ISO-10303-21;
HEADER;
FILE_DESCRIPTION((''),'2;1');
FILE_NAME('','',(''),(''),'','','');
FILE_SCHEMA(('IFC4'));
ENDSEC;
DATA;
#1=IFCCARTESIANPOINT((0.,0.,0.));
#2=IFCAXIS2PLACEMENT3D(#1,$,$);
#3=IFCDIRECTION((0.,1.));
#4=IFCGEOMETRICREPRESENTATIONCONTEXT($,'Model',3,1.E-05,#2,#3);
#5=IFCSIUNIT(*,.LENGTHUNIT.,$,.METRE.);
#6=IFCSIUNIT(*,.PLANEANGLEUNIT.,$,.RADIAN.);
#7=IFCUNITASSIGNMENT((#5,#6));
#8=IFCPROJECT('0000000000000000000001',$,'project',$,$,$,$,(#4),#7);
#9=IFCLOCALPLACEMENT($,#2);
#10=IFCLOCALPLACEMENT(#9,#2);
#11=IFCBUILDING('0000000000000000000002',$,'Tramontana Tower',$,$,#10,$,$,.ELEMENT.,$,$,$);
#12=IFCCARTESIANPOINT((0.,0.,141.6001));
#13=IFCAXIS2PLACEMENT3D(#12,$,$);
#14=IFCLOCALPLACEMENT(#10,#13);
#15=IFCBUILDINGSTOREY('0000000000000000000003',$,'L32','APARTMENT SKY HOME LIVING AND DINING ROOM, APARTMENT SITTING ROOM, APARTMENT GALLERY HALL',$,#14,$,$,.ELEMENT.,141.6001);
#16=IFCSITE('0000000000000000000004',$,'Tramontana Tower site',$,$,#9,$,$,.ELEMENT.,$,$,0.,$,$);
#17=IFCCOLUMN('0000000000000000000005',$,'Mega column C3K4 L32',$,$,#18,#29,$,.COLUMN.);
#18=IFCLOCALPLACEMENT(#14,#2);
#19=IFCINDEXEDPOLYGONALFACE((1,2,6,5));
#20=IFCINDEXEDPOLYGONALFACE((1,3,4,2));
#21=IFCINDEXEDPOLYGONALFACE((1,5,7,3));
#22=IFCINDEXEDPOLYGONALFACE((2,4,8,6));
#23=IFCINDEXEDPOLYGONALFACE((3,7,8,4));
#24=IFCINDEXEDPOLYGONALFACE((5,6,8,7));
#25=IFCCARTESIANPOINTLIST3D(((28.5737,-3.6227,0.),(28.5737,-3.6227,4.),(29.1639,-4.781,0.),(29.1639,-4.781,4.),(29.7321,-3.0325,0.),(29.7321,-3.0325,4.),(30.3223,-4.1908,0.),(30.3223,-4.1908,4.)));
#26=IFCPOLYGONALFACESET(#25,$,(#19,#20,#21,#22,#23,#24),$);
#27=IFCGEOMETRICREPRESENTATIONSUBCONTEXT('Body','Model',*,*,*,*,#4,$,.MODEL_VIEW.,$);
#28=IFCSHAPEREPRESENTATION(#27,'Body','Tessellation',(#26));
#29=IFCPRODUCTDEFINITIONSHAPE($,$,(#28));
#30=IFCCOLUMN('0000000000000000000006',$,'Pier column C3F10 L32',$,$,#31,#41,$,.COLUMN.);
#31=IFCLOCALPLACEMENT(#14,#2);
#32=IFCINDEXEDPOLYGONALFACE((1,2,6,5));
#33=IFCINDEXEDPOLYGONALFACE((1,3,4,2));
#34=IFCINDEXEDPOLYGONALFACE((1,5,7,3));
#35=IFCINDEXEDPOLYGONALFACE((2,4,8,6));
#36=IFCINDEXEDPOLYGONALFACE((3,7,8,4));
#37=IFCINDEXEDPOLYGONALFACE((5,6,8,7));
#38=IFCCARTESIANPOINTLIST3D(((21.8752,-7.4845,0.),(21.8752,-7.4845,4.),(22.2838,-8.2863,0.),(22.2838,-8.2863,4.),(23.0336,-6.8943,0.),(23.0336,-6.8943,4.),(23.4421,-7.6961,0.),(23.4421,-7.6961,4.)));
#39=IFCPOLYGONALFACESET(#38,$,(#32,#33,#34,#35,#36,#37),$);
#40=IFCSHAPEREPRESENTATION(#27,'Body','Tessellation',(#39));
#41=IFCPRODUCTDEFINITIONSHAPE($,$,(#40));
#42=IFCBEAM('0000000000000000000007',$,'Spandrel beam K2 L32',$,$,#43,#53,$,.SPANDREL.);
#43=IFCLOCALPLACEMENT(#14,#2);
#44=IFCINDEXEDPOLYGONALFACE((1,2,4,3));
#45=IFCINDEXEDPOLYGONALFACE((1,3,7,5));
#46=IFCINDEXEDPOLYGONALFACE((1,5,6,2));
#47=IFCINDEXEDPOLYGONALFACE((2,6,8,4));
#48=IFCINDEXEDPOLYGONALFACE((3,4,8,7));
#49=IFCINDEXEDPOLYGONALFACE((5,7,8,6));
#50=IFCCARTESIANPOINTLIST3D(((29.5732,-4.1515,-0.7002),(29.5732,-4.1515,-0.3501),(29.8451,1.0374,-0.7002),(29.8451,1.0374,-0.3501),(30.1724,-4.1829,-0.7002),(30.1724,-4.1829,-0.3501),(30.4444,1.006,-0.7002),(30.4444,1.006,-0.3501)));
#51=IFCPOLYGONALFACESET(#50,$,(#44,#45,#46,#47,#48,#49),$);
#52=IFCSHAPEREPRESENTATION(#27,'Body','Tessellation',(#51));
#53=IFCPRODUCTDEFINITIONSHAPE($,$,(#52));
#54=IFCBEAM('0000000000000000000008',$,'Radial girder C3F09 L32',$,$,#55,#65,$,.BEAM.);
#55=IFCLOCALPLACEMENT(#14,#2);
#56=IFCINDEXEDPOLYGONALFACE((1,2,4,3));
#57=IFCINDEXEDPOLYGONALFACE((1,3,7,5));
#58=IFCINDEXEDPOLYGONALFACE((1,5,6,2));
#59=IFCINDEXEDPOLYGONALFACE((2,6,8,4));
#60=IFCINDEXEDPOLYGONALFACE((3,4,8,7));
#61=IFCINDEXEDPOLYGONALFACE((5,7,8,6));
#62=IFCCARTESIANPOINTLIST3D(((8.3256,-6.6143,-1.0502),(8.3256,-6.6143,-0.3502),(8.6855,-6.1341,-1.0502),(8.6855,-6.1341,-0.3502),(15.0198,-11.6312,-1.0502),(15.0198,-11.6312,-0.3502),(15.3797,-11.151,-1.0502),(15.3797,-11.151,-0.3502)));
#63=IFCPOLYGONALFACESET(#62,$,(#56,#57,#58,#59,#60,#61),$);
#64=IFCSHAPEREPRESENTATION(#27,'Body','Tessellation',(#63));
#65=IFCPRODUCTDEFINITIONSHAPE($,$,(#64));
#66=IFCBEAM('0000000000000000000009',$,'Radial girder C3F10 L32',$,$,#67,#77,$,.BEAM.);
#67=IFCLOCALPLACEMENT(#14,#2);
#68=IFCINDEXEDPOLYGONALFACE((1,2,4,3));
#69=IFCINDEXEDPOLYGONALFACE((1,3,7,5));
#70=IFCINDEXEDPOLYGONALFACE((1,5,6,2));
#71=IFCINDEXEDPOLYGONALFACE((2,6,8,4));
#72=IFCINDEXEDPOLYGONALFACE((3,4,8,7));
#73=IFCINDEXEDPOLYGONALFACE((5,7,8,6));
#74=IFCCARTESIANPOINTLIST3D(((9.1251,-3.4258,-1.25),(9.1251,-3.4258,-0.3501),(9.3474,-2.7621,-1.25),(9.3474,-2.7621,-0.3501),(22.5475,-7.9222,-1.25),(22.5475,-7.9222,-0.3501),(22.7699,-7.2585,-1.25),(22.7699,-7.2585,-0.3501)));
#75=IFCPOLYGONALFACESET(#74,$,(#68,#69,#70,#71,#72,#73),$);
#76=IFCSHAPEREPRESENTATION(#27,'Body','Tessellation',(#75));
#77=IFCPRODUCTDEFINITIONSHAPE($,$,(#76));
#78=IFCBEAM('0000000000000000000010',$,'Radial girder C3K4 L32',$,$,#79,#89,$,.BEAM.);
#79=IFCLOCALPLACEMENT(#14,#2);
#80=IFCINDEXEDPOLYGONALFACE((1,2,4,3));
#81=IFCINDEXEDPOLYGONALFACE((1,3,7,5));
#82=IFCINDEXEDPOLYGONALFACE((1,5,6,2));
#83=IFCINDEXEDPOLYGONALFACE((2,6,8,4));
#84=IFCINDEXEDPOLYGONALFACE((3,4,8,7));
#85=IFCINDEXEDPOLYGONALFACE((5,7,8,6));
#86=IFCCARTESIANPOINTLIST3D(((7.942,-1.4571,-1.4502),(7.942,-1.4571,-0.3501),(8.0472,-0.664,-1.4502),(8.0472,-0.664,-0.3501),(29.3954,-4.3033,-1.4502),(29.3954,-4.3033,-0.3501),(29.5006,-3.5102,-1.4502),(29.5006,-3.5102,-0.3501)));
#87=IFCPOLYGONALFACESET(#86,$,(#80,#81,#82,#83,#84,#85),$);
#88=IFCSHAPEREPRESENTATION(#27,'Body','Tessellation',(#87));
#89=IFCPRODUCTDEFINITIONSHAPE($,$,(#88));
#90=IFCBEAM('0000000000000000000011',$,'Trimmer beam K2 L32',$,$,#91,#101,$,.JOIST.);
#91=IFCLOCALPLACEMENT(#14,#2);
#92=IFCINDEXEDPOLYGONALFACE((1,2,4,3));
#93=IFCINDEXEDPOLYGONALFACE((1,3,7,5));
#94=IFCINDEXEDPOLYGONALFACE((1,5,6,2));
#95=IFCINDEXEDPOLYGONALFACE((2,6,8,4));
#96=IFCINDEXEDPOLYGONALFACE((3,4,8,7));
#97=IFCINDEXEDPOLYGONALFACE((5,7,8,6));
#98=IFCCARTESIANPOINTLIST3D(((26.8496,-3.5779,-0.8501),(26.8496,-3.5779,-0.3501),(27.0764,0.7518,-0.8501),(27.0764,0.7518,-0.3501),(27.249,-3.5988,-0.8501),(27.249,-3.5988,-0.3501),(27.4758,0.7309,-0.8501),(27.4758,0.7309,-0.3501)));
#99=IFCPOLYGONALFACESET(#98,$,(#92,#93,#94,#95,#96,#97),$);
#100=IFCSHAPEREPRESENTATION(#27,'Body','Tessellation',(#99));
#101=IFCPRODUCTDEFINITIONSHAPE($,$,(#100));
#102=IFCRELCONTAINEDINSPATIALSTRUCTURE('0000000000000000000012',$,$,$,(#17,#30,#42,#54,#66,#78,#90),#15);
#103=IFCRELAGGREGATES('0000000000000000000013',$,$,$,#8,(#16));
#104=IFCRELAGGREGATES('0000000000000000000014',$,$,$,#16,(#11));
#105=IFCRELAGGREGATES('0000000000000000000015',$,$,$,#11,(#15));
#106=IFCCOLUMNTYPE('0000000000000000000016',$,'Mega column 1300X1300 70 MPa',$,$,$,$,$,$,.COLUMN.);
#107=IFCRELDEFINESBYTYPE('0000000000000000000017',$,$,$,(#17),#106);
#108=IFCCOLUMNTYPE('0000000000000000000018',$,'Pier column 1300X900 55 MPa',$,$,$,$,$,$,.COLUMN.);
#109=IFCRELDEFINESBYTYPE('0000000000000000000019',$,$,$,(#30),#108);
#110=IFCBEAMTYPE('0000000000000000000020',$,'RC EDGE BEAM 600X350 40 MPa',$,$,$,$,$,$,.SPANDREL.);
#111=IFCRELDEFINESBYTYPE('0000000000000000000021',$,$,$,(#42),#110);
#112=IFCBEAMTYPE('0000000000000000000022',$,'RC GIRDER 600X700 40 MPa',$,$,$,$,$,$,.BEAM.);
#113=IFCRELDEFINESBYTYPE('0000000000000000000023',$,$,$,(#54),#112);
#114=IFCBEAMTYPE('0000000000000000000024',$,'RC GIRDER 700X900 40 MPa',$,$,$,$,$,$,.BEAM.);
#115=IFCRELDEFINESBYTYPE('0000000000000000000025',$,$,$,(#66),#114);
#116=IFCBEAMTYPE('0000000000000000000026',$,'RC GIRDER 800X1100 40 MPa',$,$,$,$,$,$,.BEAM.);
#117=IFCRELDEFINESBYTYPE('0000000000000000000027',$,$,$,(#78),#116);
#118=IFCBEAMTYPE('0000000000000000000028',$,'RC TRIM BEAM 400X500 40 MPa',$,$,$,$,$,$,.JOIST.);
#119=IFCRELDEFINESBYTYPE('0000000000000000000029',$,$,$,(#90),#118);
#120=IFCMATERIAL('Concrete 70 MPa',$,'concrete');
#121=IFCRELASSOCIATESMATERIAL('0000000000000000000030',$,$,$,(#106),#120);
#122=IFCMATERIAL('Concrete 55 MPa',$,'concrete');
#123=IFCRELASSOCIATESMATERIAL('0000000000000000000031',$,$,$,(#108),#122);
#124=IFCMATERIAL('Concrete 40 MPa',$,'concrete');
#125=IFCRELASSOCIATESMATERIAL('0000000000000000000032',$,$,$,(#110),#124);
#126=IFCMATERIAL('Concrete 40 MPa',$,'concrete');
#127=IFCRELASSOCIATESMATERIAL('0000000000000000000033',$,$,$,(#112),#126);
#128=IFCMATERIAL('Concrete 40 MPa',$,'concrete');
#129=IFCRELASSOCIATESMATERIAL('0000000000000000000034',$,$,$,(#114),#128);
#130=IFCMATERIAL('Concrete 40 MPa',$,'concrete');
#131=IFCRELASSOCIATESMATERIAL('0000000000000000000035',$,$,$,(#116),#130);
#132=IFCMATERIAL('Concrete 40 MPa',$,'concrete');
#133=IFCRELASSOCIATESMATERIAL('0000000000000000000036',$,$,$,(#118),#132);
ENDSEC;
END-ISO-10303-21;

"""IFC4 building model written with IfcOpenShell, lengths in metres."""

from ifc_helpers import new_model, si_unit, direction, frame, origin, origin_2d, place, context, subcontext, project, spatial, rectangle, extrude, material, material_profile, profile_set, type_object, element, save


model = new_model("IFC4")

# Units and contexts
model_context = context("Model", 3, precision=1e-05, world=origin(), true_north=direction((0.0, 1.0)))
body_context = subcontext(model_context, "Body", "Model", "MODEL_VIEW")
ifc_project = project(units=[si_unit("LENGTHUNIT", "METRE"), si_unit("PLANEANGLEUNIT", "RADIAN")], contexts=[model_context])

# Site, building, storey
site_placement = place(None, origin())
site = spatial("IfcSite", under=ifc_project, at=site_placement, Name="Tramontana Tower site", CompositionType="ELEMENT", RefElevation=0.0)
building_placement = place(site_placement, origin())
building = spatial("IfcBuilding", under=site, at=building_placement, Name="Tramontana Tower", CompositionType="ELEMENT")
storey_placement = place(building_placement, frame((0.0, 0.0, 141.6001)))
storey = spatial("IfcBuildingStorey", under=building, at=storey_placement, Name="L32", Description="APARTMENT SKY HOME LIVING AND DINING ROOM, APARTMENT SITTING ROOM, APARTMENT GALLERY HALL", CompositionType="ELEMENT", Elevation=141.6001)

# Columns
ifc_material_1 = material(Name="Concrete 70 MPa", Category="concrete")
ifc_material_profile_1 = material_profile(ifc_material_1, rectangle(XDim=1.3, YDim=1.3, at=origin_2d()), Name="Mega column 1300X1300 70 MPa")
ifc_profile_set_1 = profile_set([ifc_material_profile_1], Name="Concrete 70 MPa")
column_type_1 = type_object("IfcColumnType", Name="Mega column 1300X1300 70 MPa", PredefinedType="COLUMN", material=ifc_profile_set_1)
column_1_placement = place(storey_placement, frame((29.448, -3.9067, 0.0), z_axis=(0.0, 0.0, 1.0), x_axis=(0.891007, 0.45399, 0.0)))
element("IfcColumn", 1, at=column_1_placement, inside=storey, type_object=column_type_1, Name="Mega column C3K4 L32", PredefinedType="COLUMN", context=body_context, shape_type="SweptSolid", body=[
    extrude(rectangle(XDim=1.3, YDim=1.3, at=origin_2d()), origin(), (0.0, 0.0, 1.0), 4.0),
])
ifc_material_2 = material(Name="Concrete 55 MPa", Category="concrete")
ifc_material_profile_2 = material_profile(ifc_material_2, rectangle(XDim=1.3, YDim=0.8999, at=origin_2d()), Name="Pier column 1300X900 55 MPa")
ifc_profile_set_2 = profile_set([ifc_material_profile_2], Name="Concrete 55 MPa")
column_type_2 = type_object("IfcColumnType", Name="Pier column 1300X900 55 MPa", PredefinedType="COLUMN", material=ifc_profile_set_2)
column_2_placement = place(storey_placement, frame((22.6587, -7.5903, 0.0), z_axis=(0.0, 0.0, 1.0), x_axis=(0.891007, 0.45399, 0.0)))
element("IfcColumn", 2, at=column_2_placement, inside=storey, type_object=column_type_2, Name="Pier column C3F10 L32", PredefinedType="COLUMN", context=body_context, shape_type="SweptSolid", body=[
    extrude(rectangle(XDim=1.3, YDim=0.8999, at=origin_2d()), origin(), (0.0, 0.0, 1.0), 4.0),
])

# Beams
ifc_material_3 = material(Name="Concrete 40 MPa", Category="concrete")
ifc_material_profile_3 = material_profile(ifc_material_3, rectangle(XDim=0.6001, YDim=0.3501, at=origin_2d()), Name="RC EDGE BEAM 600X350 40 MPa")
ifc_profile_set_3 = profile_set([ifc_material_profile_3], Name="Concrete 40 MPa")
beam_type_1 = type_object("IfcBeamType", Name="RC EDGE BEAM 600X350 40 MPa", PredefinedType="SPANDREL", material=ifc_profile_set_3)
beam_1_placement = place(storey_placement, frame((29.8728, -4.1672, -0.5251), z_axis=(0.052342, 0.998629, 0.0), x_axis=(-0.998629, 0.052342, 0.0)))
element("IfcBeam", 3, at=beam_1_placement, inside=storey, type_object=beam_type_1, Name="Spandrel beam K2 L32", PredefinedType="SPANDREL", context=body_context, shape_type="SweptSolid", body=[
    extrude(rectangle(XDim=0.6001, YDim=0.3501, at=origin_2d()), origin(), (0.0, 0.0, 1.0), 5.196),
])
ifc_material_4 = material(Name="Concrete 40 MPa", Category="concrete")
ifc_material_profile_4 = material_profile(ifc_material_4, rectangle(XDim=0.6001, YDim=0.7, at=origin_2d()), Name="RC GIRDER 600X700 40 MPa")
ifc_profile_set_4 = profile_set([ifc_material_profile_4], Name="Concrete 40 MPa")
beam_type_2 = type_object("IfcBeamType", Name="RC GIRDER 600X700 40 MPa", PredefinedType="BEAM", material=ifc_profile_set_4)
beam_2_placement = place(storey_placement, frame((15.1997, -11.3911, -0.7002), z_axis=(-0.800214, 0.599715, 0.0), x_axis=(-0.599715, -0.800214, 0.0)))
element("IfcBeam", 4, at=beam_2_placement, inside=storey, type_object=beam_type_2, Name="Radial girder C3F09 L32", PredefinedType="BEAM", context=body_context, shape_type="SweptSolid", body=[
    extrude(rectangle(XDim=0.6001, YDim=0.7, at=origin_2d()), origin(), (0.0, 0.0, 1.0), 8.3655),
])
ifc_material_5 = material(Name="Concrete 40 MPa", Category="concrete")
ifc_material_profile_5 = material_profile(ifc_material_5, rectangle(XDim=0.7, YDim=0.8999, at=origin_2d()), Name="RC GIRDER 700X900 40 MPa")
ifc_profile_set_5 = profile_set([ifc_material_profile_5], Name="Concrete 40 MPa")
beam_type_3 = type_object("IfcBeamType", Name="RC GIRDER 700X900 40 MPa", PredefinedType="BEAM", material=ifc_profile_set_5)
beam_3_placement = place(storey_placement, frame((22.6587, -7.5903, -0.8), z_axis=(-0.948211, 0.31764, 0.0), x_axis=(-0.31764, -0.948211, 0.0)))
element("IfcBeam", 5, at=beam_3_placement, inside=storey, type_object=beam_type_3, Name="Radial girder C3F10 L32", PredefinedType="BEAM", context=body_context, shape_type="SweptSolid", body=[
    extrude(rectangle(XDim=0.7, YDim=0.8999, at=origin_2d()), origin(), (0.0, 0.0, 1.0), 14.1555),
])
ifc_material_6 = material(Name="Concrete 40 MPa", Category="concrete")
ifc_material_profile_6 = material_profile(ifc_material_6, rectangle(XDim=0.8, YDim=1.1001, at=origin_2d()), Name="RC GIRDER 800X1100 40 MPa")
ifc_profile_set_6 = profile_set([ifc_material_profile_6], Name="Concrete 40 MPa")
beam_type_4 = type_object("IfcBeamType", Name="RC GIRDER 800X1100 40 MPa", PredefinedType="BEAM", material=ifc_profile_set_6)
beam_4_placement = place(storey_placement, frame((29.448, -3.9067, -0.9001), z_axis=(-0.991314, 0.131516, 0.0), x_axis=(-0.131516, -0.991314, 0.0)))
element("IfcBeam", 6, at=beam_4_placement, inside=storey, type_object=beam_type_4, Name="Radial girder C3K4 L32", PredefinedType="BEAM", context=body_context, shape_type="SweptSolid", body=[
    extrude(rectangle(XDim=0.8, YDim=1.1001, at=origin_2d()), origin(), (0.0, 0.0, 1.0), 21.6414),
])
ifc_material_7 = material(Name="Concrete 40 MPa", Category="concrete")
ifc_material_profile_7 = material_profile(ifc_material_7, rectangle(XDim=0.3999, YDim=0.5, at=origin_2d()), Name="RC TRIM BEAM 400X500 40 MPa")
ifc_profile_set_7 = profile_set([ifc_material_profile_7], Name="Concrete 40 MPa")
beam_type_5 = type_object("IfcBeamType", Name="RC TRIM BEAM 400X500 40 MPa", PredefinedType="JOIST", material=ifc_profile_set_7)
beam_5_placement = place(storey_placement, frame((27.0493, -3.5884, -0.6001), z_axis=(0.052311, 0.998631, 0.0), x_axis=(-0.998631, 0.052311, 0.0)))
element("IfcBeam", 7, at=beam_5_placement, inside=storey, type_object=beam_type_5, Name="Trimmer beam K2 L32", PredefinedType="JOIST", context=body_context, shape_type="SweptSolid", body=[
    extrude(rectangle(XDim=0.3999, YDim=0.5, at=origin_2d()), origin(), (0.0, 0.0, 1.0), 4.3357),
])

save(model, "model.ifc")
